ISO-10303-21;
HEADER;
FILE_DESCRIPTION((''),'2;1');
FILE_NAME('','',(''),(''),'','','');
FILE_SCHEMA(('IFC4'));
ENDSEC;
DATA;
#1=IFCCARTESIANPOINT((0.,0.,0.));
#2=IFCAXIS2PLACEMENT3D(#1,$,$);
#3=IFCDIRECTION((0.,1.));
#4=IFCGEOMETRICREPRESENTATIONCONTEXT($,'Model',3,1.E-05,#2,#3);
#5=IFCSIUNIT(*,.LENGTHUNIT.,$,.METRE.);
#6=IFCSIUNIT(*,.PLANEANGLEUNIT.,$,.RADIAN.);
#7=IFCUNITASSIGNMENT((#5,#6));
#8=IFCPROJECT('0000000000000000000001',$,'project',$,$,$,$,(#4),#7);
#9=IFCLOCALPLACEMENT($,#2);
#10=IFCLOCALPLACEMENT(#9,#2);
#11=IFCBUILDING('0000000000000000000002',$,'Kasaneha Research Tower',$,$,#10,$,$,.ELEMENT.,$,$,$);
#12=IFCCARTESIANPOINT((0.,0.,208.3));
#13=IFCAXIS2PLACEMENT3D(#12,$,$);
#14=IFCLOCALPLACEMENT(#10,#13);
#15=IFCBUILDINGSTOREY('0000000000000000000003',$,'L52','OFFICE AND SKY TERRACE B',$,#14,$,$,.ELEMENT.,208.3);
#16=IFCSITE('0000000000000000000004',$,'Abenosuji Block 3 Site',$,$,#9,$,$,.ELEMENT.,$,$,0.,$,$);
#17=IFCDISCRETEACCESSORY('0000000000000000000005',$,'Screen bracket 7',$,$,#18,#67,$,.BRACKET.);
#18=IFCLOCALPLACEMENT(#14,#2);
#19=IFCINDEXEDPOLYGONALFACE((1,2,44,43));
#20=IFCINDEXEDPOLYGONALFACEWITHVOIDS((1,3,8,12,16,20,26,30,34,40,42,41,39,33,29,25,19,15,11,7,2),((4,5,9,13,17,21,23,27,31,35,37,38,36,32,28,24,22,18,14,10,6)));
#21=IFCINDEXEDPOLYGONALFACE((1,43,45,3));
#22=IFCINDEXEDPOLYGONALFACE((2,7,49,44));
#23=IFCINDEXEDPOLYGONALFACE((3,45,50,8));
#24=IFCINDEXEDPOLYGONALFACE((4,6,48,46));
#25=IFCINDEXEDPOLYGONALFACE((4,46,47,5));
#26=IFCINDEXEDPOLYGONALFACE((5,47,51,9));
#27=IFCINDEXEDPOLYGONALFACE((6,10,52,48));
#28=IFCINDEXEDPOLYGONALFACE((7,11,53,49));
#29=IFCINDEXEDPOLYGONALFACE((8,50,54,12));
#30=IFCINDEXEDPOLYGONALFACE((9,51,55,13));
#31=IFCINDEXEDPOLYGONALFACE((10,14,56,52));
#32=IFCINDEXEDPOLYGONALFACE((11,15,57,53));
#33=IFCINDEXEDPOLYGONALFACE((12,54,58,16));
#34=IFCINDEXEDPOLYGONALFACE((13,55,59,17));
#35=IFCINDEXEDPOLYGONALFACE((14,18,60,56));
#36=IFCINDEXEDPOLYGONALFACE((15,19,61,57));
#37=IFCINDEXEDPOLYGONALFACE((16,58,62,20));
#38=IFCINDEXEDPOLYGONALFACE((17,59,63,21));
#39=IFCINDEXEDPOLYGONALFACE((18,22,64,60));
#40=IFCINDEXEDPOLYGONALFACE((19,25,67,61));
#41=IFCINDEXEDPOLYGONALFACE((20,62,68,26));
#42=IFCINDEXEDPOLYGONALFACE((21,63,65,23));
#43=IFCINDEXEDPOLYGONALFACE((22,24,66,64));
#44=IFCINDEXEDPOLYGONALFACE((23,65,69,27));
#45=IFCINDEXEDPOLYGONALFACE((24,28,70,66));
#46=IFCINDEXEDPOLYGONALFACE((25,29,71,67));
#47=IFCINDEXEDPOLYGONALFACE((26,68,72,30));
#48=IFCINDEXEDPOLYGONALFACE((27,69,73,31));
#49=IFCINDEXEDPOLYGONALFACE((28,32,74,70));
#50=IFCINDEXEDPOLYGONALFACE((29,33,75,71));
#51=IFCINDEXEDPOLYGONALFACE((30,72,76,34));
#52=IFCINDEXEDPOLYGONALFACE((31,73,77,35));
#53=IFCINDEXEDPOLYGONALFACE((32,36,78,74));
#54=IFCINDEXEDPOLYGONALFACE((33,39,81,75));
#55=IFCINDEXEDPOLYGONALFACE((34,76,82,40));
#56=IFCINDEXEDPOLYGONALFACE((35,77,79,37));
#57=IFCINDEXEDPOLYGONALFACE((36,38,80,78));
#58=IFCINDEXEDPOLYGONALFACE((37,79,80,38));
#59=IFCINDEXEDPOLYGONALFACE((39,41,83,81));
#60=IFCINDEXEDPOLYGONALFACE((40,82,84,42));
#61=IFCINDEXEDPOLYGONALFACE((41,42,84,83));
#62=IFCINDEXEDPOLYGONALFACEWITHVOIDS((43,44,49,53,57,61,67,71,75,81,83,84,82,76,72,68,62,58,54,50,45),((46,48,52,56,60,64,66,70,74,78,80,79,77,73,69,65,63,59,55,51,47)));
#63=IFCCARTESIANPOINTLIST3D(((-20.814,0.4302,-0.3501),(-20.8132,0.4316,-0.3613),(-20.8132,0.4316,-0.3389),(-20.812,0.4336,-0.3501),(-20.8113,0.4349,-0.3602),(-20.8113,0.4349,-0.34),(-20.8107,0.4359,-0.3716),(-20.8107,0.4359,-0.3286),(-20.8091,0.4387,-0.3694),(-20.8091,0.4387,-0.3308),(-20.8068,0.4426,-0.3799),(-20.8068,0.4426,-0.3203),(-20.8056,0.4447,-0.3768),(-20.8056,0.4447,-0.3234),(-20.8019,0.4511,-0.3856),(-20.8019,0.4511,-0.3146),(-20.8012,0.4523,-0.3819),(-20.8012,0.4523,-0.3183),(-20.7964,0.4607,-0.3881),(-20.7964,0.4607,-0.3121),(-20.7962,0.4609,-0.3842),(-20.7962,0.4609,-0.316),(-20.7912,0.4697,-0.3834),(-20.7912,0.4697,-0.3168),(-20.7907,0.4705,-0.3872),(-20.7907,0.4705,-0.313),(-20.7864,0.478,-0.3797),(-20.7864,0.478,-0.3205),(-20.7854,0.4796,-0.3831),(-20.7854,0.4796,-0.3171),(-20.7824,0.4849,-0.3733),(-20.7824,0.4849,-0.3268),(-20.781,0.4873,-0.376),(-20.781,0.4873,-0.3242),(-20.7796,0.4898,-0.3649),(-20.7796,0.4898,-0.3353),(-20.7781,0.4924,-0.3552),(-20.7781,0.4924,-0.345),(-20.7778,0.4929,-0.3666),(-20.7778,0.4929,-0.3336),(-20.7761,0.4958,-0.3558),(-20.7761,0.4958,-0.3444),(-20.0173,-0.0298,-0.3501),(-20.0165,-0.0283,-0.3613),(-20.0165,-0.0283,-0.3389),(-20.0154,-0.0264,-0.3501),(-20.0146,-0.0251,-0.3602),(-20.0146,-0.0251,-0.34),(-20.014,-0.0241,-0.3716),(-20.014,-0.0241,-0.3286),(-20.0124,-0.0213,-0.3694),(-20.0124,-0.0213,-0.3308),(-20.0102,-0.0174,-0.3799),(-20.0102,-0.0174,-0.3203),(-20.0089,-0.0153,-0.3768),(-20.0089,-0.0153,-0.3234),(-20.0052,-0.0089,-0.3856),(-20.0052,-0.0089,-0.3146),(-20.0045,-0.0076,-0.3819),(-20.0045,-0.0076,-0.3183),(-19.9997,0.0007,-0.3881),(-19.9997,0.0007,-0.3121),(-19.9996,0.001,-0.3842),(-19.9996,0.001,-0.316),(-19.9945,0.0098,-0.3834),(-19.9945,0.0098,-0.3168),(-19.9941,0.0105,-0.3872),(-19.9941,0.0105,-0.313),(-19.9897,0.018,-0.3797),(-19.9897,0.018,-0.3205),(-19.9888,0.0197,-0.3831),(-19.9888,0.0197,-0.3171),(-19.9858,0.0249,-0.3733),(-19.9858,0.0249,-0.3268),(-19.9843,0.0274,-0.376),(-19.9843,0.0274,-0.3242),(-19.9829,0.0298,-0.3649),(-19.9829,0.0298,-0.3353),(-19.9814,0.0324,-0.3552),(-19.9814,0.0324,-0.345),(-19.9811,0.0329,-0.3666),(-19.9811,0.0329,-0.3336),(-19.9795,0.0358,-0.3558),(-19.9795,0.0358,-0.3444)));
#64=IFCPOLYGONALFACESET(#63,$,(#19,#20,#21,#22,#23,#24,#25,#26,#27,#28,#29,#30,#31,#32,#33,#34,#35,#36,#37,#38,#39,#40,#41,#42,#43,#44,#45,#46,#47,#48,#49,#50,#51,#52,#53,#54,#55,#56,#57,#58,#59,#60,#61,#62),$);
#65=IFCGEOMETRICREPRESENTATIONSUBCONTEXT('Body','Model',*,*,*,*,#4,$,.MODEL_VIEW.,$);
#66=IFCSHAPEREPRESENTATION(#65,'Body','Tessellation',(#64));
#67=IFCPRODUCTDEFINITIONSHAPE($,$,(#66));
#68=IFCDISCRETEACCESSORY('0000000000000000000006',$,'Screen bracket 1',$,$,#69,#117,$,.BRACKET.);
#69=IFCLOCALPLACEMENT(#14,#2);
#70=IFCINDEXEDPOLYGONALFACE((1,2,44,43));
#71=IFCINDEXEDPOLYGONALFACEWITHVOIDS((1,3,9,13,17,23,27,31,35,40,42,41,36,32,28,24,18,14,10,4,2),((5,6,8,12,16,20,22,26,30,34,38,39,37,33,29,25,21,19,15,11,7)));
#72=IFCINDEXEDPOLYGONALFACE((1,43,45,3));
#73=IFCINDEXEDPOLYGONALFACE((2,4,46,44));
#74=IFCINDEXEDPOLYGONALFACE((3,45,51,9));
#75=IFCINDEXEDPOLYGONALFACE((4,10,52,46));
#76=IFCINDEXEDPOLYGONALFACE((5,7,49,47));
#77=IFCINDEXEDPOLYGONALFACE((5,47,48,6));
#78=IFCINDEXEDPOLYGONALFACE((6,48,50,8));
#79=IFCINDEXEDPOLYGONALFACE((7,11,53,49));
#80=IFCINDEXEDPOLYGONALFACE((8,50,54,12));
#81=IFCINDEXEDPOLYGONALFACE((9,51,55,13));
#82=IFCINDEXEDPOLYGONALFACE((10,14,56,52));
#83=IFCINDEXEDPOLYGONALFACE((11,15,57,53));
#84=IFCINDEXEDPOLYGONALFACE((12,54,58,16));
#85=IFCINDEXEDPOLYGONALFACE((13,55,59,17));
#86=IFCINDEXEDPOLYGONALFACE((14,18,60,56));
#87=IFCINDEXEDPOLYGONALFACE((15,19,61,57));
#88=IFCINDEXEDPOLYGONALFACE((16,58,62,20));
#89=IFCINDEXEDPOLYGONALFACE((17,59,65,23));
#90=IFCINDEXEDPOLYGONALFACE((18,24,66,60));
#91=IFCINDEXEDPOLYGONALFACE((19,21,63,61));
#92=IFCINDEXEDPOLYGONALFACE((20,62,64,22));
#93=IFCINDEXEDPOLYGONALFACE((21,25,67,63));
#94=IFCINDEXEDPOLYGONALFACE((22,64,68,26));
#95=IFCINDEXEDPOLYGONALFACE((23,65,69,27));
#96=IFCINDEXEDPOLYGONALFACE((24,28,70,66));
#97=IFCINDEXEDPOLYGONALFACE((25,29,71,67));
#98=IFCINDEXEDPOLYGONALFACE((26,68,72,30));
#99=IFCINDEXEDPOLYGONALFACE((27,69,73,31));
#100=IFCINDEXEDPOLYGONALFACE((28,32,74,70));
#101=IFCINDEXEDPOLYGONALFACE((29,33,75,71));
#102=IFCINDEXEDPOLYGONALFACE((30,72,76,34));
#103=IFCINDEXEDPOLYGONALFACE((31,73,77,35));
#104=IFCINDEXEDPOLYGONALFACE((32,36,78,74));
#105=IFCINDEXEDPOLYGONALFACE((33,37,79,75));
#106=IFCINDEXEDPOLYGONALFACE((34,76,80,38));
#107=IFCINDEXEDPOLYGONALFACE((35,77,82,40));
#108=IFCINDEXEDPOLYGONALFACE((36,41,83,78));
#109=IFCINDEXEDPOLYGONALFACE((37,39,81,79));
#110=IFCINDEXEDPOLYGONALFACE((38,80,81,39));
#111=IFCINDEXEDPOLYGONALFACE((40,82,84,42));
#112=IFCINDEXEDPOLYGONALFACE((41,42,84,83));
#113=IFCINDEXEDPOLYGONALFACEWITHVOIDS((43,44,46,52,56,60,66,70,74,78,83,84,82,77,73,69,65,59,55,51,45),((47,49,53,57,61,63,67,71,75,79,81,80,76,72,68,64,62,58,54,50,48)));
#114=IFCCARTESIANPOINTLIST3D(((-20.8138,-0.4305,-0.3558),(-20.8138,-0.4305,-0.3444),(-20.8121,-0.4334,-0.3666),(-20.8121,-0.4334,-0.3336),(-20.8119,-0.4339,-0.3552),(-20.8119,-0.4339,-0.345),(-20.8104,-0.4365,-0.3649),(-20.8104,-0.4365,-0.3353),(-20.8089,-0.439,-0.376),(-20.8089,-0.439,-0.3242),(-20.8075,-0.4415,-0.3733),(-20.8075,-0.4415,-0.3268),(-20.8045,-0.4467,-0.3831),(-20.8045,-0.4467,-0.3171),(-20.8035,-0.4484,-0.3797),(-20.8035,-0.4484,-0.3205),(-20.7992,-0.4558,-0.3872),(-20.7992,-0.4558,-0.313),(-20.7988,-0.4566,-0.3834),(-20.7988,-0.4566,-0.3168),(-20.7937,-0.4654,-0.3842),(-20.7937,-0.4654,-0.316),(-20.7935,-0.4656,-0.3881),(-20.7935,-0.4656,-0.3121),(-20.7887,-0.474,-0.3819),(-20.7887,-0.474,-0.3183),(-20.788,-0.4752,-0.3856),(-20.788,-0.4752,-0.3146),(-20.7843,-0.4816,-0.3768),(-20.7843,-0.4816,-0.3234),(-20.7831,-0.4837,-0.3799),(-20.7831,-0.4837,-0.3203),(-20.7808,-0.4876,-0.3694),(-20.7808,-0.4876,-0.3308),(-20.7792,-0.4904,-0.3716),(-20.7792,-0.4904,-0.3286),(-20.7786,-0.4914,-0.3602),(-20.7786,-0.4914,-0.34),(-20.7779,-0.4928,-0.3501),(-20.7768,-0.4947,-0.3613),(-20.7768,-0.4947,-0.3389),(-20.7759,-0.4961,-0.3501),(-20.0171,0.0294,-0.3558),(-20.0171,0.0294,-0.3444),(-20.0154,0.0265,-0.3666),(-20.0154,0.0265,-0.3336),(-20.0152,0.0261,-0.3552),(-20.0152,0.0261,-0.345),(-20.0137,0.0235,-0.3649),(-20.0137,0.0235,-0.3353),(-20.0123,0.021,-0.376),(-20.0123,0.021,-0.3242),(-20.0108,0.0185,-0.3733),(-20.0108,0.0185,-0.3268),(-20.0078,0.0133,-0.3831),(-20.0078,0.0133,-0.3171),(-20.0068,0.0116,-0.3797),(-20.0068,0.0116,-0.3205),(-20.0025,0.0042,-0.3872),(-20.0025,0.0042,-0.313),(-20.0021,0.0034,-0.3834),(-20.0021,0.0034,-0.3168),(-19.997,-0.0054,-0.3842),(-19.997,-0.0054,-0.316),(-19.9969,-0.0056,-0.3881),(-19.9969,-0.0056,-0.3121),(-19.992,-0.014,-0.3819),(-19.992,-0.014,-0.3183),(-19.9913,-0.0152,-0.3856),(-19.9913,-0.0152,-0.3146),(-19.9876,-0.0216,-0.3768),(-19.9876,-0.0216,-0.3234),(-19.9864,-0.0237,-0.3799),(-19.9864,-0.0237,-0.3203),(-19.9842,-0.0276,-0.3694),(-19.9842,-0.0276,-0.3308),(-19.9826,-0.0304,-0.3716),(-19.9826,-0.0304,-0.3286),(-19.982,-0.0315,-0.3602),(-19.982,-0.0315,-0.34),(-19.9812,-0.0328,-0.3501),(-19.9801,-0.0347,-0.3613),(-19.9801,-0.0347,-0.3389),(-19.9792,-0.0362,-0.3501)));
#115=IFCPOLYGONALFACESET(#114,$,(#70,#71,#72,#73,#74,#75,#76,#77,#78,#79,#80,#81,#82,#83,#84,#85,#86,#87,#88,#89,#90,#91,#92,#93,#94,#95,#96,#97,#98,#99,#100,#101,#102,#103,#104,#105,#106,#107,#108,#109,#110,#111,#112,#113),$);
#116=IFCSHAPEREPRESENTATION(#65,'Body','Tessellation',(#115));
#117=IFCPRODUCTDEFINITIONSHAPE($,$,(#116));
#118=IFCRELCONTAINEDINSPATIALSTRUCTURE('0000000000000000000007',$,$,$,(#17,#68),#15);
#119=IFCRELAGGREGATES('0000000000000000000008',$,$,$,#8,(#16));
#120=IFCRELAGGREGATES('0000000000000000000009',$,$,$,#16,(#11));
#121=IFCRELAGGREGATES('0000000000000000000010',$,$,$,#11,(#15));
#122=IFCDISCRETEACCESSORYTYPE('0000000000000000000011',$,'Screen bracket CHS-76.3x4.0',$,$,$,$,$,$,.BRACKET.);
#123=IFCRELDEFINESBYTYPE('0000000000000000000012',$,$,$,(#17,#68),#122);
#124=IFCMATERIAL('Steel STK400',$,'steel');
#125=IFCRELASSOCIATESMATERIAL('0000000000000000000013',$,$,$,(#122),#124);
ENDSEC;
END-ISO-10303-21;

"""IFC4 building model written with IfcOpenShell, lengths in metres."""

from ifc_helpers import new_model, si_unit, direction, frame, origin, origin_2d, place, context, subcontext, project, spatial, hollow_circle, extrude, material, material_profile, profile_set, type_object, element, save


model = new_model("IFC4")

# Units and contexts
model_context = context("Model", 3, precision=1e-05, world=origin(), true_north=direction((0.0, 1.0)))
body_context = subcontext(model_context, "Body", "Model", "MODEL_VIEW")
ifc_project = project(units=[si_unit("LENGTHUNIT", "METRE"), si_unit("PLANEANGLEUNIT", "RADIAN")], contexts=[model_context])

# Site, building, storey
site_placement = place(None, origin())
site = spatial("IfcSite", under=ifc_project, at=site_placement, Name="Abenosuji Block 3 Site", CompositionType="ELEMENT", RefElevation=0.0)
building_placement = place(site_placement, origin())
building = spatial("IfcBuilding", under=site, at=building_placement, Name="Kasaneha Research Tower", CompositionType="ELEMENT")
storey_placement = place(building_placement, frame((0.0, 0.0, 208.3)))
storey = spatial("IfcBuildingStorey", under=building, at=storey_placement, Name="L52", Description="OFFICE AND SKY TERRACE B", CompositionType="ELEMENT", Elevation=208.3)

# Discrete accessories
ifc_material_1 = material(Name="Steel STK400", Category="steel")
ifc_material_profile_1 = material_profile(ifc_material_1, hollow_circle(Radius=0.0381, WallThickness=0.0039, at=origin_2d()), Name="CHS-76.3x4.0")
ifc_profile_set_1 = profile_set([ifc_material_profile_1], Name="Steel STK400")
discrete_accessory_type = type_object("IfcDiscreteAccessoryType", Name="Screen bracket CHS-76.3x4.0", PredefinedType="BRACKET", material=ifc_profile_set_1)
for number, where, z_axis, x_axis, name in (
    (1, (-19.9983, 0.0032, -0.3501), (-0.866013, 0.500021, 0.0), (-0.500021, -0.866013, 0.0), "Screen bracket 7"),
    (2, (-19.9983, -0.0032, -0.3501), (-0.866013, -0.500021, 0.0), (0.500021, -0.866013, 0.0), "Screen bracket 1"),
):
    element("IfcDiscreteAccessory", number, at=place(storey_placement, frame(where, z_axis=z_axis, x_axis=x_axis)), inside=storey, type_object=discrete_accessory_type, Name=name, PredefinedType="BRACKET", context=body_context, shape_type="SweptSolid", body=[
        extrude(hollow_circle(Radius=0.0381, WallThickness=0.0039, at=origin_2d()), origin(), (0.0, 0.0, 1.0), 0.9199),
    ])

save(model, "model.ifc")
